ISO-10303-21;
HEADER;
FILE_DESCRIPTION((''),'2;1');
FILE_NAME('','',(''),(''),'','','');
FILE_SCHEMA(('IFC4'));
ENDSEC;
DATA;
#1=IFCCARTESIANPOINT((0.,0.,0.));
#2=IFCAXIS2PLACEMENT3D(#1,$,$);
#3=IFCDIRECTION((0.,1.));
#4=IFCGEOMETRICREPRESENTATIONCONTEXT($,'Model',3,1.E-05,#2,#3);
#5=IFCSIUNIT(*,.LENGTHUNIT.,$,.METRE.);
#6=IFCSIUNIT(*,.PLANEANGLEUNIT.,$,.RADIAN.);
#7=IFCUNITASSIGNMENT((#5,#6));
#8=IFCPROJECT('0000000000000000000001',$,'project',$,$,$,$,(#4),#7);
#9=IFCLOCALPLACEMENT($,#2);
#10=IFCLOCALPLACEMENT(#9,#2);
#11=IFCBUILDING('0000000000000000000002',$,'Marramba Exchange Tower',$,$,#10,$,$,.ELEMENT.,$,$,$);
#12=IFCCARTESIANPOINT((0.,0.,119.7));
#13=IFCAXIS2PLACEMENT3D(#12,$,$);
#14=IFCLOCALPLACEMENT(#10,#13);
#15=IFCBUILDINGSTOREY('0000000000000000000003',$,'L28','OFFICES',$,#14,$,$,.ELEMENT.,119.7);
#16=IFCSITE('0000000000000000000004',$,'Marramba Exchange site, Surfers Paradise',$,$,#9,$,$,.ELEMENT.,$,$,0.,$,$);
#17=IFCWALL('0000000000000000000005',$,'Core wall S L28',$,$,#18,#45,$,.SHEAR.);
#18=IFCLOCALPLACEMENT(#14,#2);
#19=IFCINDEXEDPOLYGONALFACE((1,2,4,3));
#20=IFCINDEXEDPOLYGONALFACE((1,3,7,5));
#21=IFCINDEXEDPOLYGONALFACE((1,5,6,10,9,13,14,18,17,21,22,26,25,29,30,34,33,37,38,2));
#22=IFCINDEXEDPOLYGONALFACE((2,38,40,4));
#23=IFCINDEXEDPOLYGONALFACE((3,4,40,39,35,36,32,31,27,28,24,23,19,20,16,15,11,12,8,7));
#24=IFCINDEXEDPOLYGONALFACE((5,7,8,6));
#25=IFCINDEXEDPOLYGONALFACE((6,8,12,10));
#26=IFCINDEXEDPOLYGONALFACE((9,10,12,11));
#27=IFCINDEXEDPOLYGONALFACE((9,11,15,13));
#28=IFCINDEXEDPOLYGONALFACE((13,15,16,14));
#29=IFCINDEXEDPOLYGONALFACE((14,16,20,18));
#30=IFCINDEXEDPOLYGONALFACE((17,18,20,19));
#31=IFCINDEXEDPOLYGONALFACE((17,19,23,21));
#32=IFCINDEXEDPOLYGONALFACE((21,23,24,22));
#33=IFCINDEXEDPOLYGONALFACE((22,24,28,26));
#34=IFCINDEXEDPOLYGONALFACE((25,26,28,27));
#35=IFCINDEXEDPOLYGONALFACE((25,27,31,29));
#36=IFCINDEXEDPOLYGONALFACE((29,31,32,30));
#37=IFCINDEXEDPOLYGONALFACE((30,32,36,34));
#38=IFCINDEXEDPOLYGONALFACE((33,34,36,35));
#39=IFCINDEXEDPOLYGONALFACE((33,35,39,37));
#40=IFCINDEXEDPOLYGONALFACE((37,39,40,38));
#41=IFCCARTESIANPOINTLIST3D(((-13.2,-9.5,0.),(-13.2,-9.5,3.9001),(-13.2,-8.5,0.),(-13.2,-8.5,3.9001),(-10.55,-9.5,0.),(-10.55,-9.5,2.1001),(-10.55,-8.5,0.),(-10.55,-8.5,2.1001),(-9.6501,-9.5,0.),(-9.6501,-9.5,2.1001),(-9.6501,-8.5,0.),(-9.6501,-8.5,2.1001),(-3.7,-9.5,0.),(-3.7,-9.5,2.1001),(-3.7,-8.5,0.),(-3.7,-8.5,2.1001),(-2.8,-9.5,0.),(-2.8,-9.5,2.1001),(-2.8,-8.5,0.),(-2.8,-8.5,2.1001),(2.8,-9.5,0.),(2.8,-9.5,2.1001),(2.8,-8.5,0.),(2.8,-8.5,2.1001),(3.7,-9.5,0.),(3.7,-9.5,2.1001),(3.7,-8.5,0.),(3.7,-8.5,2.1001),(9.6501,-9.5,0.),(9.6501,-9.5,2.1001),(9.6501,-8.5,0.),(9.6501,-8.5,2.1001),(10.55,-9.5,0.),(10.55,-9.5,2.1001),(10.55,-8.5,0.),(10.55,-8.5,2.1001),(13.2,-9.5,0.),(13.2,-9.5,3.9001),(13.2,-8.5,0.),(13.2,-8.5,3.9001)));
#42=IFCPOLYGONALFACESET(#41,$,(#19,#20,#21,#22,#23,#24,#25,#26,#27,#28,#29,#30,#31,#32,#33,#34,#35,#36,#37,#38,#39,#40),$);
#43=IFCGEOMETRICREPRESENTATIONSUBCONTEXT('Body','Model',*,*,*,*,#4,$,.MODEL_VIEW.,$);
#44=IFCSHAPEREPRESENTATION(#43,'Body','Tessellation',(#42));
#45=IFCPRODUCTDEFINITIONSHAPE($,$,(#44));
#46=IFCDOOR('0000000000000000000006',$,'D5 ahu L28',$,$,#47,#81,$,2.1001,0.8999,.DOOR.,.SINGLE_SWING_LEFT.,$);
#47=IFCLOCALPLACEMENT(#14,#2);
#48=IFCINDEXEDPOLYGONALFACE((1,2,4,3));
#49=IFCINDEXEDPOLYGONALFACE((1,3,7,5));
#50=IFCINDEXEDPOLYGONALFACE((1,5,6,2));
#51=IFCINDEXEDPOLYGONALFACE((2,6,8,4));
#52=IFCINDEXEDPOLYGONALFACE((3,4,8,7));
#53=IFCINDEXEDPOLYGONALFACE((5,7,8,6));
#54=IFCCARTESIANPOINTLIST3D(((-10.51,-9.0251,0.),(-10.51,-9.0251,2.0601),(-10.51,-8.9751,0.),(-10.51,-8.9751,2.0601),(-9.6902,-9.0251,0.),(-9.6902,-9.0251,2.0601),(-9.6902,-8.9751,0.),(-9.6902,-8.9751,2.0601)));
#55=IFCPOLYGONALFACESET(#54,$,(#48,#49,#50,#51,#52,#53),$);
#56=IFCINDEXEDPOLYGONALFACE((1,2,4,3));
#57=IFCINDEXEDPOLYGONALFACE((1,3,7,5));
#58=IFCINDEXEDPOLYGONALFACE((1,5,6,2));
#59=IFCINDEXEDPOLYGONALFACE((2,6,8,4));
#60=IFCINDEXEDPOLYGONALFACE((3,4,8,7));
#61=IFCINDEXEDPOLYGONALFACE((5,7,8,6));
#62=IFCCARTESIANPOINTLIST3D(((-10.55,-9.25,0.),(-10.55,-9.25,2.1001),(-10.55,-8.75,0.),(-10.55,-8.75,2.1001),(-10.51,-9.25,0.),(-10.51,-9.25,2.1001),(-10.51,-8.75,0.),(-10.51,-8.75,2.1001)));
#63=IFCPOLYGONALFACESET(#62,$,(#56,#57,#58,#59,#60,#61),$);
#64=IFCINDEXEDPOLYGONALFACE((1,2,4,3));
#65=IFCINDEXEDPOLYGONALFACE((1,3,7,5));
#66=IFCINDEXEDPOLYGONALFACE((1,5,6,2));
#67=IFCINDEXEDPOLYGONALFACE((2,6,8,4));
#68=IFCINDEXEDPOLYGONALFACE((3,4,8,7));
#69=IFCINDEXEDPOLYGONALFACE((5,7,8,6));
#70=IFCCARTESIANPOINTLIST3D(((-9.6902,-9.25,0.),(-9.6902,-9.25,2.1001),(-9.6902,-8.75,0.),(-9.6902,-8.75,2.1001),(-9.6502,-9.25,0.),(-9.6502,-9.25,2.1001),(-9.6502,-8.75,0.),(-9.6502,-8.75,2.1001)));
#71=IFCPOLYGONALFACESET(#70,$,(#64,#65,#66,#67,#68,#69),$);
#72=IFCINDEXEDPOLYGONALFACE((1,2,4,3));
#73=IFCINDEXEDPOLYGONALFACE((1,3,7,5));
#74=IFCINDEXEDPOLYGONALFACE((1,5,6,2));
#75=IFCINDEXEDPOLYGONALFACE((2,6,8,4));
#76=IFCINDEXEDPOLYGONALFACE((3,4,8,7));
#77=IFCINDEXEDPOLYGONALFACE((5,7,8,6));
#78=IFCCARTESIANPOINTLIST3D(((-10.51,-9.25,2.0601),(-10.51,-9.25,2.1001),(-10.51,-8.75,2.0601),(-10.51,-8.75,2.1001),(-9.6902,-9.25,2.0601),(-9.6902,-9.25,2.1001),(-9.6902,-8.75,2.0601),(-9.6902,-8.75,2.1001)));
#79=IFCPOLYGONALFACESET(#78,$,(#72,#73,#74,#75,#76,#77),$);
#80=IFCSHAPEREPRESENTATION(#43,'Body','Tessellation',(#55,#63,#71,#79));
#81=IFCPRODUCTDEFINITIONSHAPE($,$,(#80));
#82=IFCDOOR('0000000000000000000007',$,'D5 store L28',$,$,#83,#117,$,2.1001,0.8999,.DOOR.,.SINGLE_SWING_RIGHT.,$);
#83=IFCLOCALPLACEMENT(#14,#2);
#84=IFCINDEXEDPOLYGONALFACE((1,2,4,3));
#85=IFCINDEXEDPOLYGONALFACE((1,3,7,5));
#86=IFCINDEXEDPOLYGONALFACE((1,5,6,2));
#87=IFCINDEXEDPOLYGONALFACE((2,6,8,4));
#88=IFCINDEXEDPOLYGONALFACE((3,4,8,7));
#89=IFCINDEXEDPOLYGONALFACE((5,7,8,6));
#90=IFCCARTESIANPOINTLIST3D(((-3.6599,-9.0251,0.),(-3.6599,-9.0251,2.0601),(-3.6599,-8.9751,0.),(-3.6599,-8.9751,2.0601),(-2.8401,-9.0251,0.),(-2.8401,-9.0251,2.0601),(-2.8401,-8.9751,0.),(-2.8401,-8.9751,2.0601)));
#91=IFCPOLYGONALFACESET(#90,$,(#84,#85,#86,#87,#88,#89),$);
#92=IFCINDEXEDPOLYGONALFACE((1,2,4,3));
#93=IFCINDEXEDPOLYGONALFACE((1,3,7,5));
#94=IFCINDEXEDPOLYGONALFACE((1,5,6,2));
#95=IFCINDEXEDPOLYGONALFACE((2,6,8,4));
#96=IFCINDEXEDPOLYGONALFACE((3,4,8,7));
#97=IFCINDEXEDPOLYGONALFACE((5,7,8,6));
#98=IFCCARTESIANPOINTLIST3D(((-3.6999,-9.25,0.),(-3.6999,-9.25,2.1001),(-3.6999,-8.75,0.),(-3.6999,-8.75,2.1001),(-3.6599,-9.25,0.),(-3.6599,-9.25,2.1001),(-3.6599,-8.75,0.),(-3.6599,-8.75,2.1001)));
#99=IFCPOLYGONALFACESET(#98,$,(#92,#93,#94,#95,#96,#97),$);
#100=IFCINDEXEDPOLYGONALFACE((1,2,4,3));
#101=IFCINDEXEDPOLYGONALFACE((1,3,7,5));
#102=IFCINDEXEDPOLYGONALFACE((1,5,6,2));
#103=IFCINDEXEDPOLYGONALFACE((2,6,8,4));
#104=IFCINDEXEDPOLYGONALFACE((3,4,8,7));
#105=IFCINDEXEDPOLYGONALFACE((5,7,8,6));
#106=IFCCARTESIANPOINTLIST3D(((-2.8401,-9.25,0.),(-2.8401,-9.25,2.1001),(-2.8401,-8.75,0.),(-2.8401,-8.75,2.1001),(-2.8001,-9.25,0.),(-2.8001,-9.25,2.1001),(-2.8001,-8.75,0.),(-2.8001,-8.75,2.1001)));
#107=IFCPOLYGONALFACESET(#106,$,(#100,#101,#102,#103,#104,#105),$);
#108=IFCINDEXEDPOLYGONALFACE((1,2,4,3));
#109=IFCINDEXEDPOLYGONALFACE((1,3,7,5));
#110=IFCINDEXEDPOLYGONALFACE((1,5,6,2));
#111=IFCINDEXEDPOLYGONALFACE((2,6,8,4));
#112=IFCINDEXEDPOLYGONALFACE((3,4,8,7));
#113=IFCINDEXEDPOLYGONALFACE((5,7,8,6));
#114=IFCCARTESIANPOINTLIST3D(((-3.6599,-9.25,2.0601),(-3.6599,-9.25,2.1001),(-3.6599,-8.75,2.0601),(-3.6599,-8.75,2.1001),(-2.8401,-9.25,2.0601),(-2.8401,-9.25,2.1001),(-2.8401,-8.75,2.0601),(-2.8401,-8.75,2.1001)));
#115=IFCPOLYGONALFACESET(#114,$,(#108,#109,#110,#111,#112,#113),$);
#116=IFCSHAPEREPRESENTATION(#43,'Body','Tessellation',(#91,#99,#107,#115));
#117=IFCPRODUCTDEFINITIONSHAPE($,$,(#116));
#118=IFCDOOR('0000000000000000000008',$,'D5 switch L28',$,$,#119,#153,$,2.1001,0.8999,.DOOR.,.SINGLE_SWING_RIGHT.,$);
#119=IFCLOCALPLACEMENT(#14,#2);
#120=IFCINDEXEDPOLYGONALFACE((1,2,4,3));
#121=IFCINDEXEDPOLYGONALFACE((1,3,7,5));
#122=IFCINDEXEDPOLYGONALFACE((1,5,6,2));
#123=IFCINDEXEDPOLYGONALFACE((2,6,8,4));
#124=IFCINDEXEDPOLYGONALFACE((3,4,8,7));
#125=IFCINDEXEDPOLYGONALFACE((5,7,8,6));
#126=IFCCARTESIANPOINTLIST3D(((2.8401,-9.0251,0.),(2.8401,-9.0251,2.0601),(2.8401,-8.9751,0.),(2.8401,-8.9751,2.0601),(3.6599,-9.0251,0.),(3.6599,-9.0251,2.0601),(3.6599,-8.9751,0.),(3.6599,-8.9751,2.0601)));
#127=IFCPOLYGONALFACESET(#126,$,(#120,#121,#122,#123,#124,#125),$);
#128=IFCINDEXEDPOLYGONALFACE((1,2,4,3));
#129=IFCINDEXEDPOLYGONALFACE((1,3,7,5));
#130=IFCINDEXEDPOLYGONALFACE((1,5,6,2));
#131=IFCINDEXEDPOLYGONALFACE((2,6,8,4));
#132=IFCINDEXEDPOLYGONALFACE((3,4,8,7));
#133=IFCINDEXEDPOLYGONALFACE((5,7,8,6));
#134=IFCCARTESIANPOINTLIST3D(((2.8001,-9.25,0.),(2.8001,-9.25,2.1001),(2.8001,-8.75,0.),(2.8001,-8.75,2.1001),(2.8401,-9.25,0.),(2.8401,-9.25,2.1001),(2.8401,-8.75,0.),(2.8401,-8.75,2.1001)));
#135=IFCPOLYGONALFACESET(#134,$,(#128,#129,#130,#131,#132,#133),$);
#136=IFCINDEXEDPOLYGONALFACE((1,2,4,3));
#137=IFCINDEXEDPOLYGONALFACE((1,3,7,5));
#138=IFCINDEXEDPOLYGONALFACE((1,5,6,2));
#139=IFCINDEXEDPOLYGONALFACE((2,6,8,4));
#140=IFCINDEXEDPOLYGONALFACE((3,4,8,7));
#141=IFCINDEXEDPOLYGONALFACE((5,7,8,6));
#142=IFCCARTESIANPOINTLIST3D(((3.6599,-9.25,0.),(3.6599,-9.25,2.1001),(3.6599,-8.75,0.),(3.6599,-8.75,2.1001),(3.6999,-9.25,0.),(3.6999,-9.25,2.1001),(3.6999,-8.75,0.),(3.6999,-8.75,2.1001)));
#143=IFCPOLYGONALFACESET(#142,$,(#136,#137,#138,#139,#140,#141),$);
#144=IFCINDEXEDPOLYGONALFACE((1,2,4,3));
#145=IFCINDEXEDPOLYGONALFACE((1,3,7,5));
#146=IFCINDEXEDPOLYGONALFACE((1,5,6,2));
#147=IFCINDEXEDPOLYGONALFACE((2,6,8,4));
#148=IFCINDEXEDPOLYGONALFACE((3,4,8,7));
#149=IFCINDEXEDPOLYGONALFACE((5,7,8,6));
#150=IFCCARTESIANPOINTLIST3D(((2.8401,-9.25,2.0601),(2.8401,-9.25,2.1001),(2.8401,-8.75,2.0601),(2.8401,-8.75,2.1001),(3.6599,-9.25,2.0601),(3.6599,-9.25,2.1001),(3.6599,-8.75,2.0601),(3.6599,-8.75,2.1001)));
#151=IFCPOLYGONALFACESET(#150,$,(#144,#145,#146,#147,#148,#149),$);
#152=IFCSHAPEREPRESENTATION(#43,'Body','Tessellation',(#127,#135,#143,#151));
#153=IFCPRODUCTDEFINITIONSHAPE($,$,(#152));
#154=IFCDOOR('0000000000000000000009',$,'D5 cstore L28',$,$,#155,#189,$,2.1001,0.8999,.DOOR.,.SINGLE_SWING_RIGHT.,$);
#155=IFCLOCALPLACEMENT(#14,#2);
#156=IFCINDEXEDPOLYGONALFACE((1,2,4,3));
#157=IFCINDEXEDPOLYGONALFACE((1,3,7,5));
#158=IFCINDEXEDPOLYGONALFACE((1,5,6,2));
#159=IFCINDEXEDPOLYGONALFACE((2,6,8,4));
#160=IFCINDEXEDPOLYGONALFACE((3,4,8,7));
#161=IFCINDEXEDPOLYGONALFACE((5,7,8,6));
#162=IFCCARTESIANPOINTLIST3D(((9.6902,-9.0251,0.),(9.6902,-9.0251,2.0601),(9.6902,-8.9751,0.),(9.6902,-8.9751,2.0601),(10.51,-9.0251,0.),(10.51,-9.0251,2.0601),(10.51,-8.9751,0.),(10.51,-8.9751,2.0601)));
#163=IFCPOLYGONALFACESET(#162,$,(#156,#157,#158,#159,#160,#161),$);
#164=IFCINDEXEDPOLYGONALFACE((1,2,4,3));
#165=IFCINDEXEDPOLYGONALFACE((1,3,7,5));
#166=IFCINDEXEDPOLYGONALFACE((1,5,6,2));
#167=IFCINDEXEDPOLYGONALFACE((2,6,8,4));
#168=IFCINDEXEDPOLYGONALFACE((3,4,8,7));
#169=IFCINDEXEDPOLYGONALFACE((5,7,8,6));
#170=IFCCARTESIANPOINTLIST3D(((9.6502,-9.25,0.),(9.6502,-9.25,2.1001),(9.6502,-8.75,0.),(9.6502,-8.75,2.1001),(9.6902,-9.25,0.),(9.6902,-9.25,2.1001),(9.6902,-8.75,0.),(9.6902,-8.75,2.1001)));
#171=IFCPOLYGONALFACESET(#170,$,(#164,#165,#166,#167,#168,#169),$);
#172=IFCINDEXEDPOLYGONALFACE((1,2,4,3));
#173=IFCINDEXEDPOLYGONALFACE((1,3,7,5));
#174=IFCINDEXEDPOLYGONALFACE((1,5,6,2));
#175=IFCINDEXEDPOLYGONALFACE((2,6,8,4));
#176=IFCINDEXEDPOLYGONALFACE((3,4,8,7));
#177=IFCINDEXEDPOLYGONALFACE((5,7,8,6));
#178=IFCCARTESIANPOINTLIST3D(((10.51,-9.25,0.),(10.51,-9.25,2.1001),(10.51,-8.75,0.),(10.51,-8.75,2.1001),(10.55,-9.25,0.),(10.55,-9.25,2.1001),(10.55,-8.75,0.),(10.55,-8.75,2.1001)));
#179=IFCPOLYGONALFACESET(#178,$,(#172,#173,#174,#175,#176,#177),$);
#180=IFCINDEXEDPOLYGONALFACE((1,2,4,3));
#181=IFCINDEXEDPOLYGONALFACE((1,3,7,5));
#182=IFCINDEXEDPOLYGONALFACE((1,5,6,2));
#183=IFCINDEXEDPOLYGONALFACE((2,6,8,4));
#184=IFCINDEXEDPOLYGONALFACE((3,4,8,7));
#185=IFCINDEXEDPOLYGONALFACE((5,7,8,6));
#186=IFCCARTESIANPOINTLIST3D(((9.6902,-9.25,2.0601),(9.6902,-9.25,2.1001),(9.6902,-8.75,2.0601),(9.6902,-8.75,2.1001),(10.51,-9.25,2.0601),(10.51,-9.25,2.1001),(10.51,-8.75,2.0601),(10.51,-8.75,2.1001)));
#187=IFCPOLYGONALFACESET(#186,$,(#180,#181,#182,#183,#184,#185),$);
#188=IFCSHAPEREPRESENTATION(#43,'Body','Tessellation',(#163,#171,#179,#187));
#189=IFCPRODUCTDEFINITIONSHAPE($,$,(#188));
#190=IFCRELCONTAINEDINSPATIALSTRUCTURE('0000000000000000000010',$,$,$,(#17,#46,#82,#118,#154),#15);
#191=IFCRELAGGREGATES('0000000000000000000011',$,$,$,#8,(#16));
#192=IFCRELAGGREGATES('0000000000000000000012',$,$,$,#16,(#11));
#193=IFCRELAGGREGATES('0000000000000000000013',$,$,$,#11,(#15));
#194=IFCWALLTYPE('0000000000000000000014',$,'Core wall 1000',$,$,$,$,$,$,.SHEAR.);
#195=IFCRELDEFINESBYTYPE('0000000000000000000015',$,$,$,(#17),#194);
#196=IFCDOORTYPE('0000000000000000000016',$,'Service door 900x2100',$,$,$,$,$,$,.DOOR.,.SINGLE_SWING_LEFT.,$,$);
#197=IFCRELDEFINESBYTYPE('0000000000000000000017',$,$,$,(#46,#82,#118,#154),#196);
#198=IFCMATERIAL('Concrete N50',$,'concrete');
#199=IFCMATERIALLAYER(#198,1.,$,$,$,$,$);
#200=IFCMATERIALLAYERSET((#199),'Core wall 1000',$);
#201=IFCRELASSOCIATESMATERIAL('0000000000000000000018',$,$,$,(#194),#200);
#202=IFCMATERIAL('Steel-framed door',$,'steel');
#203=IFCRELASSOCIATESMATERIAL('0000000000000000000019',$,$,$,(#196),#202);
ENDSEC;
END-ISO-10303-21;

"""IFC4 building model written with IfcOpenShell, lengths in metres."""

from ifc_helpers import new_model, si_unit, direction, frame, frame_2d, origin, place, context, subcontext, project, spatial, rectangle, extrude, material, layer, layer_set, type_object, element, fill, save


model = new_model("IFC4")

# Units and contexts
model_context = context("Model", 3, precision=1e-05, world=origin(), true_north=direction((0.0, 1.0)))
body_context = subcontext(model_context, "Body", "Model", "MODEL_VIEW")
ifc_project = project(units=[si_unit("LENGTHUNIT", "METRE"), si_unit("PLANEANGLEUNIT", "RADIAN")], contexts=[model_context])

# Site, building, storey
site_placement = place(None, origin())
site = spatial("IfcSite", under=ifc_project, at=site_placement, Name="Marramba Exchange site, Surfers Paradise", CompositionType="ELEMENT", RefElevation=0.0)
building_placement = place(site_placement, origin())
building = spatial("IfcBuilding", under=site, at=building_placement, Name="Marramba Exchange Tower", CompositionType="ELEMENT")
storey_placement = place(building_placement, frame((0.0, 0.0, 119.7)))
storey = spatial("IfcBuildingStorey", under=building, at=storey_placement, Name="L28", Description="OFFICES", CompositionType="ELEMENT", Elevation=119.7)

# Shared definitions
ifc_material_1 = material(Name="Concrete N50", Category="concrete")

# Wall, openings, doors
ifc_layer_1 = layer(ifc_material_1, 1.0)
ifc_layer_set_1 = layer_set([ifc_layer_1], Name="Core wall 1000")
wall_type_1 = type_object("IfcWallType", Name="Core wall 1000", PredefinedType="SHEAR", material=ifc_layer_set_1)
wall_1_placement = place(storey_placement, frame((-13.2, -9.0, 0.0), z_axis=(0.0, 0.0, 1.0), x_axis=(1.0, 0.0, 0.0)))
wall_1 = element("IfcWall", 1, at=wall_1_placement, inside=storey, type_object=wall_type_1, Name="Core wall S L28", PredefinedType="SHEAR", context=body_context, shape_type="SweptSolid", body=[
    extrude(rectangle(XDim=26.3999, YDim=1.0, at=frame_2d((13.2, 0.0))), origin(), (0.0, 0.0, 1.0), 3.9001),
])
opening_1_placement = place(wall_1_placement, frame((2.6499, 0.0, 0.0)))
opening_1 = element("IfcOpeningElement", 2, at=opening_1_placement, cuts=wall_1, PredefinedType="OPENING", context=body_context, shape_type="SweptSolid", body=[
    extrude(rectangle(XDim=0.8999, YDim=2.1001, at=frame_2d((0.45, 1.05))), frame((0.0, 0.51, 0.0), z_axis=(0.0, -1.0, 0.0), x_axis=(1.0, 0.0, 0.0)), (0.0, 0.0, 1.0), 1.02),
])
opening_2_placement = place(wall_1_placement, frame((9.5, 0.0, 0.0)))
opening_2 = element("IfcOpeningElement", 3, at=opening_2_placement, cuts=wall_1, PredefinedType="OPENING", context=body_context, shape_type="SweptSolid", body=[
    extrude(rectangle(XDim=0.8999, YDim=2.1001, at=frame_2d((0.45, 1.05))), frame((0.0, 0.51, 0.0), z_axis=(0.0, -1.0, 0.0), x_axis=(1.0, 0.0, 0.0)), (0.0, 0.0, 1.0), 1.02),
])
opening_3_placement = place(wall_1_placement, frame((16.0, 0.0, 0.0)))
opening_3 = element("IfcOpeningElement", 4, at=opening_3_placement, cuts=wall_1, PredefinedType="OPENING", context=body_context, shape_type="SweptSolid", body=[
    extrude(rectangle(XDim=0.8999, YDim=2.1001, at=frame_2d((0.45, 1.05))), frame((0.0, 0.51, 0.0), z_axis=(0.0, -1.0, 0.0), x_axis=(1.0, 0.0, 0.0)), (0.0, 0.0, 1.0), 1.02),
])
opening_4_placement = place(wall_1_placement, frame((22.8501, 0.0, 0.0)))
opening_4 = element("IfcOpeningElement", 5, at=opening_4_placement, cuts=wall_1, PredefinedType="OPENING", context=body_context, shape_type="SweptSolid", body=[
    extrude(rectangle(XDim=0.8999, YDim=2.1001, at=frame_2d((0.45, 1.05))), frame((0.0, 0.51, 0.0), z_axis=(0.0, -1.0, 0.0), x_axis=(1.0, 0.0, 0.0)), (0.0, 0.0, 1.0), 1.02),
])
ifc_material_2 = material(Name="Steel-framed door", Category="steel")
door_type_1 = type_object("IfcDoorType", Name="Service door 900x2100", OperationType="SINGLE_SWING_LEFT", PredefinedType="DOOR", material=ifc_material_2)
door_1_placement = place(opening_1_placement, origin())
door_1 = element("IfcDoor", 6, at=door_1_placement, inside=storey, type_object=door_type_1, Name="D5 ahu L28", OperationType="SINGLE_SWING_LEFT", OverallHeight=2.1001, OverallWidth=0.8999, PredefinedType="DOOR", context=body_context, shape_type="SweptSolid", body=[
    extrude(rectangle(XDim=0.8198, YDim=2.0601, at=frame_2d((0.45, 1.03))), frame((0.0, 0.0249, 0.0), z_axis=(0.0, -1.0, 0.0), x_axis=(1.0, 0.0, 0.0)), (0.0, 0.0, 1.0), 0.05),
    extrude(rectangle(XDim=0.04, YDim=2.1001, at=frame_2d((0.02, 1.05))), frame((0.0, 0.25, 0.0), z_axis=(0.0, -1.0, 0.0), x_axis=(1.0, 0.0, 0.0)), (0.0, 0.0, 1.0), 0.5),
    extrude(rectangle(XDim=0.04, YDim=2.1001, at=frame_2d((0.8799, 1.05))), frame((0.0, 0.25, 0.0), z_axis=(0.0, -1.0, 0.0), x_axis=(1.0, 0.0, 0.0)), (0.0, 0.0, 1.0), 0.5),
    extrude(rectangle(XDim=0.8198, YDim=0.04, at=frame_2d((0.45, 2.0801))), frame((0.0, 0.25, 0.0), z_axis=(0.0, -1.0, 0.0), x_axis=(1.0, 0.0, 0.0)), (0.0, 0.0, 1.0), 0.5),
])
fill(opening_1, door_1)
door_2_placement = place(opening_2_placement, origin())
door_2 = element("IfcDoor", 7, at=door_2_placement, inside=storey, type_object=door_type_1, Name="D5 store L28", OperationType="SINGLE_SWING_RIGHT", OverallHeight=2.1001, OverallWidth=0.8999, PredefinedType="DOOR", context=body_context, shape_type="SweptSolid", body=[
    extrude(rectangle(XDim=0.8198, YDim=2.0601, at=frame_2d((0.45, 1.03))), frame((0.0, 0.0249, 0.0), z_axis=(0.0, -1.0, 0.0), x_axis=(1.0, 0.0, 0.0)), (0.0, 0.0, 1.0), 0.05),
    extrude(rectangle(XDim=0.04, YDim=2.1001, at=frame_2d((0.02, 1.05))), frame((0.0, 0.25, 0.0), z_axis=(0.0, -1.0, 0.0), x_axis=(1.0, 0.0, 0.0)), (0.0, 0.0, 1.0), 0.5),
    extrude(rectangle(XDim=0.04, YDim=2.1001, at=frame_2d((0.8799, 1.05))), frame((0.0, 0.25, 0.0), z_axis=(0.0, -1.0, 0.0), x_axis=(1.0, 0.0, 0.0)), (0.0, 0.0, 1.0), 0.5),
    extrude(rectangle(XDim=0.8198, YDim=0.04, at=frame_2d((0.45, 2.0801))), frame((0.0, 0.25, 0.0), z_axis=(0.0, -1.0, 0.0), x_axis=(1.0, 0.0, 0.0)), (0.0, 0.0, 1.0), 0.5),
])
fill(opening_2, door_2)
door_3_placement = place(opening_3_placement, origin())
door_3 = element("IfcDoor", 8, at=door_3_placement, inside=storey, type_object=door_type_1, Name="D5 switch L28", OperationType="SINGLE_SWING_RIGHT", OverallHeight=2.1001, OverallWidth=0.8999, PredefinedType="DOOR", context=body_context, shape_type="SweptSolid", body=[
    extrude(rectangle(XDim=0.8198, YDim=2.0601, at=frame_2d((0.45, 1.03))), frame((0.0, 0.0249, 0.0), z_axis=(0.0, -1.0, 0.0), x_axis=(1.0, 0.0, 0.0)), (0.0, 0.0, 1.0), 0.05),
    extrude(rectangle(XDim=0.04, YDim=2.1001, at=frame_2d((0.02, 1.05))), frame((0.0, 0.25, 0.0), z_axis=(0.0, -1.0, 0.0), x_axis=(1.0, 0.0, 0.0)), (0.0, 0.0, 1.0), 0.5),
    extrude(rectangle(XDim=0.04, YDim=2.1001, at=frame_2d((0.8799, 1.05))), frame((0.0, 0.25, 0.0), z_axis=(0.0, -1.0, 0.0), x_axis=(1.0, 0.0, 0.0)), (0.0, 0.0, 1.0), 0.5),
    extrude(rectangle(XDim=0.8198, YDim=0.04, at=frame_2d((0.45, 2.0801))), frame((0.0, 0.25, 0.0), z_axis=(0.0, -1.0, 0.0), x_axis=(1.0, 0.0, 0.0)), (0.0, 0.0, 1.0), 0.5),
])
fill(opening_3, door_3)
door_4_placement = place(opening_4_placement, origin())
door_4 = element("IfcDoor", 9, at=door_4_placement, inside=storey, type_object=door_type_1, Name="D5 cstore L28", OperationType="SINGLE_SWING_RIGHT", OverallHeight=2.1001, OverallWidth=0.8999, PredefinedType="DOOR", context=body_context, shape_type="SweptSolid", body=[
    extrude(rectangle(XDim=0.8198, YDim=2.0601, at=frame_2d((0.45, 1.03))), frame((0.0, 0.0249, 0.0), z_axis=(0.0, -1.0, 0.0), x_axis=(1.0, 0.0, 0.0)), (0.0, 0.0, 1.0), 0.05),
    extrude(rectangle(XDim=0.04, YDim=2.1001, at=frame_2d((0.02, 1.05))), frame((0.0, 0.25, 0.0), z_axis=(0.0, -1.0, 0.0), x_axis=(1.0, 0.0, 0.0)), (0.0, 0.0, 1.0), 0.5),
    extrude(rectangle(XDim=0.04, YDim=2.1001, at=frame_2d((0.8799, 1.05))), frame((0.0, 0.25, 0.0), z_axis=(0.0, -1.0, 0.0), x_axis=(1.0, 0.0, 0.0)), (0.0, 0.0, 1.0), 0.5),
    extrude(rectangle(XDim=0.8198, YDim=0.04, at=frame_2d((0.45, 2.0801))), frame((0.0, 0.25, 0.0), z_axis=(0.0, -1.0, 0.0), x_axis=(1.0, 0.0, 0.0)), (0.0, 0.0, 1.0), 0.5),
])
fill(opening_4, door_4)

save(model, "model.ifc")
